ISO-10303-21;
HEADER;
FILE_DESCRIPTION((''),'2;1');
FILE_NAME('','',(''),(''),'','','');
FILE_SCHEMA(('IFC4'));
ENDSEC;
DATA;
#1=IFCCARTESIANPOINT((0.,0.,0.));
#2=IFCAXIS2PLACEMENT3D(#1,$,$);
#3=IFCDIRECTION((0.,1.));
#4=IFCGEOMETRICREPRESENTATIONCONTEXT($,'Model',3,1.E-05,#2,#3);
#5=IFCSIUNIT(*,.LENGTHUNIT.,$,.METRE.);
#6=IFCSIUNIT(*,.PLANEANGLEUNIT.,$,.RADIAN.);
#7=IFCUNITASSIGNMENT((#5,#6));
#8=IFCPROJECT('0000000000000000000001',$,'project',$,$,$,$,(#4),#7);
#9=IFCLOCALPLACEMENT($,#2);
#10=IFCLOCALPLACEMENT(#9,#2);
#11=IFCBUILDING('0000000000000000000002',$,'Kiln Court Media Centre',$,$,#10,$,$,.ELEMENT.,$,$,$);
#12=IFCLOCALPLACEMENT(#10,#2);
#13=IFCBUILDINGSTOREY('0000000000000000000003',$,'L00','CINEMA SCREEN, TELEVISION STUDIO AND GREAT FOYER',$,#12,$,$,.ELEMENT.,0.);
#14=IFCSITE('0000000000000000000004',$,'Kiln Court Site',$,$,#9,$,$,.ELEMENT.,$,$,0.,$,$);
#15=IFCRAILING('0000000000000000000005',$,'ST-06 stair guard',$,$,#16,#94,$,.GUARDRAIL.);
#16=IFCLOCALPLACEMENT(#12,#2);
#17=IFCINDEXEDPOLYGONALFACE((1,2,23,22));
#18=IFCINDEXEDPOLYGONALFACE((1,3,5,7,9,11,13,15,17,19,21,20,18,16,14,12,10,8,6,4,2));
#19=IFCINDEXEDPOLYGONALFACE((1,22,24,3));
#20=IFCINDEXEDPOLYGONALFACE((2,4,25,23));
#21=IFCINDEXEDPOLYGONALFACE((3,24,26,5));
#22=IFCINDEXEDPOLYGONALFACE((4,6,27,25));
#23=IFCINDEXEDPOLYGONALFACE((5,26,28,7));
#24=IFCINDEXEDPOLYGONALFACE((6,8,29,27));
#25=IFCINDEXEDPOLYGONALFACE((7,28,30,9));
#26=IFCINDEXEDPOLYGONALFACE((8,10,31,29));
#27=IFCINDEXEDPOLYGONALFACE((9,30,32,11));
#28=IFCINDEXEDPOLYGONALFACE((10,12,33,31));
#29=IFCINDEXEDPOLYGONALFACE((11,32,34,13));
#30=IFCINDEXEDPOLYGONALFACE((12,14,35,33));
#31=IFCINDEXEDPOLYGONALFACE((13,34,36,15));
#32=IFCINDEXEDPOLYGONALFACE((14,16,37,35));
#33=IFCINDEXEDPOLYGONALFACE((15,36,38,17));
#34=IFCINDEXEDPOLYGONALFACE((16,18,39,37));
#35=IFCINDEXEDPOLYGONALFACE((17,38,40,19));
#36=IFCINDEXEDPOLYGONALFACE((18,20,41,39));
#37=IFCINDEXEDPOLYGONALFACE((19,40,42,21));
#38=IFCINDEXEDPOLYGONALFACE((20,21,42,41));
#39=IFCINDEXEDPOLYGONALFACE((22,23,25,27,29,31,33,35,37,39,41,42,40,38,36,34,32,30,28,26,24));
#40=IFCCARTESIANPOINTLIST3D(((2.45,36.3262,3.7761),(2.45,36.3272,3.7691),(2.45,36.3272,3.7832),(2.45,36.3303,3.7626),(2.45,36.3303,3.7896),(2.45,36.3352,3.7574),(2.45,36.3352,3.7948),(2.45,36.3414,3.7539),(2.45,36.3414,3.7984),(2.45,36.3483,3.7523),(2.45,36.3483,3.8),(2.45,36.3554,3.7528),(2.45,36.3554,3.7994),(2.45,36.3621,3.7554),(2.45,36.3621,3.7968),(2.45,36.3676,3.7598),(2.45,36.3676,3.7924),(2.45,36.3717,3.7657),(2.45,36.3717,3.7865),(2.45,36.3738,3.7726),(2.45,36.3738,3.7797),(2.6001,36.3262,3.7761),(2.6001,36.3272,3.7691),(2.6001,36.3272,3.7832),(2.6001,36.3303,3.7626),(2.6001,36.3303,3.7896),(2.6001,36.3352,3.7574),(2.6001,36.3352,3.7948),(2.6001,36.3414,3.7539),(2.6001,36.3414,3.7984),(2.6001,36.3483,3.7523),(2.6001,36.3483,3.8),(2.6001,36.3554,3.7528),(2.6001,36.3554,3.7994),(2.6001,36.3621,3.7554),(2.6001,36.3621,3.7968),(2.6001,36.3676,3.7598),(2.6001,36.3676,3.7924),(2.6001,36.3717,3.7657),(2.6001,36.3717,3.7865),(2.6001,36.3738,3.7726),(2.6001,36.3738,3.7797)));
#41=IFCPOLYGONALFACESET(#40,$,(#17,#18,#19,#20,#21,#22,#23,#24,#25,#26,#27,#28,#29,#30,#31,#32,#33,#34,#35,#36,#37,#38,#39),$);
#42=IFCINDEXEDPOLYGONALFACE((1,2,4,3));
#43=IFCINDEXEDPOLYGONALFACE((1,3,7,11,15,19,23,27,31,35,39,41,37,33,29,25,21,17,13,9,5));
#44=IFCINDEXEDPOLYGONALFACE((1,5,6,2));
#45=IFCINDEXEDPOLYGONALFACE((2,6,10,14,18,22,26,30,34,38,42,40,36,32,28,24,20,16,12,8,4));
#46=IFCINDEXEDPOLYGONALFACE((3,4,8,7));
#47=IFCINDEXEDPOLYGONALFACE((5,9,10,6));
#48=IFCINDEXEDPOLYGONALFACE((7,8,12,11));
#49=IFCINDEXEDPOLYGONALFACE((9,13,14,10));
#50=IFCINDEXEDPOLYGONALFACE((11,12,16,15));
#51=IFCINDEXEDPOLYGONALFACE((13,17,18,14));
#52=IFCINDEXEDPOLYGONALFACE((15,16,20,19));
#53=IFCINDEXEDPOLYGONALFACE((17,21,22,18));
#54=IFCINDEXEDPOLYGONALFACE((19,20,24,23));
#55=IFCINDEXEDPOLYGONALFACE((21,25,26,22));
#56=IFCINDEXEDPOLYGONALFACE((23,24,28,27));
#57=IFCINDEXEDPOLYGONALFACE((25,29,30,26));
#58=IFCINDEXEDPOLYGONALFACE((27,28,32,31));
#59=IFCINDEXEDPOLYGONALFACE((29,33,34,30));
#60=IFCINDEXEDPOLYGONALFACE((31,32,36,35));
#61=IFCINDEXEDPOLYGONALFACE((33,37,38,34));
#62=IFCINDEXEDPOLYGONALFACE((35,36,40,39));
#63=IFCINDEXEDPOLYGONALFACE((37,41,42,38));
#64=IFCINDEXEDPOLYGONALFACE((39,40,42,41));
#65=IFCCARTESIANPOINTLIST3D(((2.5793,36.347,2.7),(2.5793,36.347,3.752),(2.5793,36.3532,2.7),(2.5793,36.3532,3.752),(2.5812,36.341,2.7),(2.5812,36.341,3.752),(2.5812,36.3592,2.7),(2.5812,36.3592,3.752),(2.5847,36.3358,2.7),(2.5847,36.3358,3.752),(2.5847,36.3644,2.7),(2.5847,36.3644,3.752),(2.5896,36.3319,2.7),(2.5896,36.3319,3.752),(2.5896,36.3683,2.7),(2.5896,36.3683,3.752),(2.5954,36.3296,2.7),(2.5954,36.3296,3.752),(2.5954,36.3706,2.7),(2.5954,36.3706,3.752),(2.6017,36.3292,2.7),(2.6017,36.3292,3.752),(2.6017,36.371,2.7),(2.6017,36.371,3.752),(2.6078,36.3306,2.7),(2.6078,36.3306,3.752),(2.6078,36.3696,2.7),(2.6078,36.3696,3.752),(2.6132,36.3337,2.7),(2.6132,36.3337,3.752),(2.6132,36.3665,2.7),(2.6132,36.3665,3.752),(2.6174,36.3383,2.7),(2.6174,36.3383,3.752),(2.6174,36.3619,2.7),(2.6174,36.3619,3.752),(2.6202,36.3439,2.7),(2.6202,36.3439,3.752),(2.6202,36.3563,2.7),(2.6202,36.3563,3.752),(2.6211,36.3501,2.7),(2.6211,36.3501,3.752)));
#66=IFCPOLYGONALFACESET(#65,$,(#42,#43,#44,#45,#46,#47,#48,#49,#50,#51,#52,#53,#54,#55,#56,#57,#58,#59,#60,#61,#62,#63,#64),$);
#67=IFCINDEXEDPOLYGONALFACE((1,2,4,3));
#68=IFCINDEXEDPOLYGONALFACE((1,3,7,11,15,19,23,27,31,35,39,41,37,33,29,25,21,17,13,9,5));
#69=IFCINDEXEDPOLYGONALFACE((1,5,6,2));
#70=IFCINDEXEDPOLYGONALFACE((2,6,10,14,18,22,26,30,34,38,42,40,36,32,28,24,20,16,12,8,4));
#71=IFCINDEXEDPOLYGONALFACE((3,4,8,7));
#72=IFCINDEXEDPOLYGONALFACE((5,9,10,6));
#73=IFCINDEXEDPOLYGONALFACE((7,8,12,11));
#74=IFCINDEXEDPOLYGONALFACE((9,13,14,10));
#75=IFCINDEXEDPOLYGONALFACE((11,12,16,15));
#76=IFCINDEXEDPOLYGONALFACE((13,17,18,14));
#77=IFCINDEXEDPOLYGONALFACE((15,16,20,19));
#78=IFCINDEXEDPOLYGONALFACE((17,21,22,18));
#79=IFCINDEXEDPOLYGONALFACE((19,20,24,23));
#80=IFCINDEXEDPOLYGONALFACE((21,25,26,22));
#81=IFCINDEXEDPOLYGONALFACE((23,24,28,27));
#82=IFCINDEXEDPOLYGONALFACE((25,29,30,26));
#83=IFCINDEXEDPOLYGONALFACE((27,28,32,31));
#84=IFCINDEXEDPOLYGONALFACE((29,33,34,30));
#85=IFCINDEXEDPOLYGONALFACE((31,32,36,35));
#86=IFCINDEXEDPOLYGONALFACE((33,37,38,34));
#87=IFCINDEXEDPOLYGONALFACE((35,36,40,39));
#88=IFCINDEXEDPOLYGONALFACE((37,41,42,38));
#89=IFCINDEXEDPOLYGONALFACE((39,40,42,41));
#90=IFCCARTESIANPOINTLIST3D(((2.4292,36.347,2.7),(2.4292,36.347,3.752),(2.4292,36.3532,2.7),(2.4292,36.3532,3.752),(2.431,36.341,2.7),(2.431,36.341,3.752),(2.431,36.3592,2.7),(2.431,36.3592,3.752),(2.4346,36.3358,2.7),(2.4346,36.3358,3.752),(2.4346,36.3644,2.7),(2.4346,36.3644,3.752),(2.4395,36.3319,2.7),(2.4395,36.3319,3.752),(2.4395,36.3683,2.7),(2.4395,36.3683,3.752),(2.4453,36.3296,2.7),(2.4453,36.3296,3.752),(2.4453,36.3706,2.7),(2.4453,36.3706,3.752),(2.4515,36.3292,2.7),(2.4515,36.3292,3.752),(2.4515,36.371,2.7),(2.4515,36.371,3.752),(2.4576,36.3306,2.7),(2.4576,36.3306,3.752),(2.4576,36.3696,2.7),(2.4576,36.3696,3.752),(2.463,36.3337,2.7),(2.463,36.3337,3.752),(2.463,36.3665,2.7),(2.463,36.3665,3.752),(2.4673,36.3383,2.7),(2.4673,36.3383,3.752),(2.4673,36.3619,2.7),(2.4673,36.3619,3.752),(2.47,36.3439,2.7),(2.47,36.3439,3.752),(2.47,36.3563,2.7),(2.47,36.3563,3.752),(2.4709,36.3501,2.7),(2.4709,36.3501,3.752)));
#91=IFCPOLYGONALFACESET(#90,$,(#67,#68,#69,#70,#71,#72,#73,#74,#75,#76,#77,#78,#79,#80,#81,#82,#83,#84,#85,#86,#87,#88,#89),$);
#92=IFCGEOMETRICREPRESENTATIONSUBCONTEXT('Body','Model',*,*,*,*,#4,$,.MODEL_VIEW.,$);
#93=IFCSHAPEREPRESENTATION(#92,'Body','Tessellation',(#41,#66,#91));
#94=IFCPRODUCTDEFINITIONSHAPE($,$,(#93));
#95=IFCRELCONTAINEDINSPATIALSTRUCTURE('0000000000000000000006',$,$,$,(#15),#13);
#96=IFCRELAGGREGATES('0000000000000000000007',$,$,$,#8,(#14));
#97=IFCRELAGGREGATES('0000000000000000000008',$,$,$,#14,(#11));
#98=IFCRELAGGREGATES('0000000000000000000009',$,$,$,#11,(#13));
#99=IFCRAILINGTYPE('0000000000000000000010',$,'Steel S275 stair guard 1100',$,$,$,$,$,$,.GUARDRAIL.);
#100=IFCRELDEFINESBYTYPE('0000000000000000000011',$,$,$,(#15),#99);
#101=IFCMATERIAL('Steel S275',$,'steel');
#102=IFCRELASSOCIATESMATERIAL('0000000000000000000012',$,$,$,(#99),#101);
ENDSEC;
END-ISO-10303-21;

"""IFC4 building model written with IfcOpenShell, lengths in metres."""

from ifc_helpers import new_model, si_unit, direction, frame, origin, origin_2d, place, context, subcontext, project, spatial, circle, extrude, material, type_object, element, save


model = new_model("IFC4")

# Units and contexts
model_context = context("Model", 3, precision=1e-05, world=origin(), true_north=direction((0.0, 1.0)))
body_context = subcontext(model_context, "Body", "Model", "MODEL_VIEW")
ifc_project = project(units=[si_unit("LENGTHUNIT", "METRE"), si_unit("PLANEANGLEUNIT", "RADIAN")], contexts=[model_context])

# Site, building, storey
site_placement = place(None, origin())
site = spatial("IfcSite", under=ifc_project, at=site_placement, Name="Kiln Court Site", CompositionType="ELEMENT", RefElevation=0.0)
building_placement = place(site_placement, origin())
building = spatial("IfcBuilding", under=site, at=building_placement, Name="Kiln Court Media Centre", CompositionType="ELEMENT")
storey_placement = place(building_placement, origin())
storey = spatial("IfcBuildingStorey", under=building, at=storey_placement, Name="L00", Description="CINEMA SCREEN, TELEVISION STUDIO AND GREAT FOYER", CompositionType="ELEMENT", Elevation=0.0)

# Railing
ifc_material_1 = material(Name="Steel S275", Category="steel")
railing_type_1 = type_object("IfcRailingType", Name="Steel S275 stair guard 1100", PredefinedType="GUARDRAIL", material=ifc_material_1)
railing_1_placement = place(storey_placement, frame((2.6001, 36.3501, 2.7)))
element("IfcRailing", 1, at=railing_1_placement, inside=storey, type_object=railing_type_1, Name="ST-06 stair guard", PredefinedType="GUARDRAIL", context=body_context, shape_type="SweptSolid", body=[
    extrude(circle(Radius=0.0239, at=origin_2d()), frame((0.0, 0.0, 1.0762), z_axis=(-1.0, 0.0, 0.0), x_axis=(0.0, -1.0, 0.0)), (0.0, 0.0, 1.0), 0.1501),
    extrude(circle(Radius=0.021, at=origin_2d()), origin(), (0.0, 0.0, 1.0), 1.052),
    extrude(circle(Radius=0.021, at=origin_2d()), frame((-0.1501, 0.0, 0.0)), (0.0, 0.0, 1.0), 1.052),
])

save(model, "model.ifc")
